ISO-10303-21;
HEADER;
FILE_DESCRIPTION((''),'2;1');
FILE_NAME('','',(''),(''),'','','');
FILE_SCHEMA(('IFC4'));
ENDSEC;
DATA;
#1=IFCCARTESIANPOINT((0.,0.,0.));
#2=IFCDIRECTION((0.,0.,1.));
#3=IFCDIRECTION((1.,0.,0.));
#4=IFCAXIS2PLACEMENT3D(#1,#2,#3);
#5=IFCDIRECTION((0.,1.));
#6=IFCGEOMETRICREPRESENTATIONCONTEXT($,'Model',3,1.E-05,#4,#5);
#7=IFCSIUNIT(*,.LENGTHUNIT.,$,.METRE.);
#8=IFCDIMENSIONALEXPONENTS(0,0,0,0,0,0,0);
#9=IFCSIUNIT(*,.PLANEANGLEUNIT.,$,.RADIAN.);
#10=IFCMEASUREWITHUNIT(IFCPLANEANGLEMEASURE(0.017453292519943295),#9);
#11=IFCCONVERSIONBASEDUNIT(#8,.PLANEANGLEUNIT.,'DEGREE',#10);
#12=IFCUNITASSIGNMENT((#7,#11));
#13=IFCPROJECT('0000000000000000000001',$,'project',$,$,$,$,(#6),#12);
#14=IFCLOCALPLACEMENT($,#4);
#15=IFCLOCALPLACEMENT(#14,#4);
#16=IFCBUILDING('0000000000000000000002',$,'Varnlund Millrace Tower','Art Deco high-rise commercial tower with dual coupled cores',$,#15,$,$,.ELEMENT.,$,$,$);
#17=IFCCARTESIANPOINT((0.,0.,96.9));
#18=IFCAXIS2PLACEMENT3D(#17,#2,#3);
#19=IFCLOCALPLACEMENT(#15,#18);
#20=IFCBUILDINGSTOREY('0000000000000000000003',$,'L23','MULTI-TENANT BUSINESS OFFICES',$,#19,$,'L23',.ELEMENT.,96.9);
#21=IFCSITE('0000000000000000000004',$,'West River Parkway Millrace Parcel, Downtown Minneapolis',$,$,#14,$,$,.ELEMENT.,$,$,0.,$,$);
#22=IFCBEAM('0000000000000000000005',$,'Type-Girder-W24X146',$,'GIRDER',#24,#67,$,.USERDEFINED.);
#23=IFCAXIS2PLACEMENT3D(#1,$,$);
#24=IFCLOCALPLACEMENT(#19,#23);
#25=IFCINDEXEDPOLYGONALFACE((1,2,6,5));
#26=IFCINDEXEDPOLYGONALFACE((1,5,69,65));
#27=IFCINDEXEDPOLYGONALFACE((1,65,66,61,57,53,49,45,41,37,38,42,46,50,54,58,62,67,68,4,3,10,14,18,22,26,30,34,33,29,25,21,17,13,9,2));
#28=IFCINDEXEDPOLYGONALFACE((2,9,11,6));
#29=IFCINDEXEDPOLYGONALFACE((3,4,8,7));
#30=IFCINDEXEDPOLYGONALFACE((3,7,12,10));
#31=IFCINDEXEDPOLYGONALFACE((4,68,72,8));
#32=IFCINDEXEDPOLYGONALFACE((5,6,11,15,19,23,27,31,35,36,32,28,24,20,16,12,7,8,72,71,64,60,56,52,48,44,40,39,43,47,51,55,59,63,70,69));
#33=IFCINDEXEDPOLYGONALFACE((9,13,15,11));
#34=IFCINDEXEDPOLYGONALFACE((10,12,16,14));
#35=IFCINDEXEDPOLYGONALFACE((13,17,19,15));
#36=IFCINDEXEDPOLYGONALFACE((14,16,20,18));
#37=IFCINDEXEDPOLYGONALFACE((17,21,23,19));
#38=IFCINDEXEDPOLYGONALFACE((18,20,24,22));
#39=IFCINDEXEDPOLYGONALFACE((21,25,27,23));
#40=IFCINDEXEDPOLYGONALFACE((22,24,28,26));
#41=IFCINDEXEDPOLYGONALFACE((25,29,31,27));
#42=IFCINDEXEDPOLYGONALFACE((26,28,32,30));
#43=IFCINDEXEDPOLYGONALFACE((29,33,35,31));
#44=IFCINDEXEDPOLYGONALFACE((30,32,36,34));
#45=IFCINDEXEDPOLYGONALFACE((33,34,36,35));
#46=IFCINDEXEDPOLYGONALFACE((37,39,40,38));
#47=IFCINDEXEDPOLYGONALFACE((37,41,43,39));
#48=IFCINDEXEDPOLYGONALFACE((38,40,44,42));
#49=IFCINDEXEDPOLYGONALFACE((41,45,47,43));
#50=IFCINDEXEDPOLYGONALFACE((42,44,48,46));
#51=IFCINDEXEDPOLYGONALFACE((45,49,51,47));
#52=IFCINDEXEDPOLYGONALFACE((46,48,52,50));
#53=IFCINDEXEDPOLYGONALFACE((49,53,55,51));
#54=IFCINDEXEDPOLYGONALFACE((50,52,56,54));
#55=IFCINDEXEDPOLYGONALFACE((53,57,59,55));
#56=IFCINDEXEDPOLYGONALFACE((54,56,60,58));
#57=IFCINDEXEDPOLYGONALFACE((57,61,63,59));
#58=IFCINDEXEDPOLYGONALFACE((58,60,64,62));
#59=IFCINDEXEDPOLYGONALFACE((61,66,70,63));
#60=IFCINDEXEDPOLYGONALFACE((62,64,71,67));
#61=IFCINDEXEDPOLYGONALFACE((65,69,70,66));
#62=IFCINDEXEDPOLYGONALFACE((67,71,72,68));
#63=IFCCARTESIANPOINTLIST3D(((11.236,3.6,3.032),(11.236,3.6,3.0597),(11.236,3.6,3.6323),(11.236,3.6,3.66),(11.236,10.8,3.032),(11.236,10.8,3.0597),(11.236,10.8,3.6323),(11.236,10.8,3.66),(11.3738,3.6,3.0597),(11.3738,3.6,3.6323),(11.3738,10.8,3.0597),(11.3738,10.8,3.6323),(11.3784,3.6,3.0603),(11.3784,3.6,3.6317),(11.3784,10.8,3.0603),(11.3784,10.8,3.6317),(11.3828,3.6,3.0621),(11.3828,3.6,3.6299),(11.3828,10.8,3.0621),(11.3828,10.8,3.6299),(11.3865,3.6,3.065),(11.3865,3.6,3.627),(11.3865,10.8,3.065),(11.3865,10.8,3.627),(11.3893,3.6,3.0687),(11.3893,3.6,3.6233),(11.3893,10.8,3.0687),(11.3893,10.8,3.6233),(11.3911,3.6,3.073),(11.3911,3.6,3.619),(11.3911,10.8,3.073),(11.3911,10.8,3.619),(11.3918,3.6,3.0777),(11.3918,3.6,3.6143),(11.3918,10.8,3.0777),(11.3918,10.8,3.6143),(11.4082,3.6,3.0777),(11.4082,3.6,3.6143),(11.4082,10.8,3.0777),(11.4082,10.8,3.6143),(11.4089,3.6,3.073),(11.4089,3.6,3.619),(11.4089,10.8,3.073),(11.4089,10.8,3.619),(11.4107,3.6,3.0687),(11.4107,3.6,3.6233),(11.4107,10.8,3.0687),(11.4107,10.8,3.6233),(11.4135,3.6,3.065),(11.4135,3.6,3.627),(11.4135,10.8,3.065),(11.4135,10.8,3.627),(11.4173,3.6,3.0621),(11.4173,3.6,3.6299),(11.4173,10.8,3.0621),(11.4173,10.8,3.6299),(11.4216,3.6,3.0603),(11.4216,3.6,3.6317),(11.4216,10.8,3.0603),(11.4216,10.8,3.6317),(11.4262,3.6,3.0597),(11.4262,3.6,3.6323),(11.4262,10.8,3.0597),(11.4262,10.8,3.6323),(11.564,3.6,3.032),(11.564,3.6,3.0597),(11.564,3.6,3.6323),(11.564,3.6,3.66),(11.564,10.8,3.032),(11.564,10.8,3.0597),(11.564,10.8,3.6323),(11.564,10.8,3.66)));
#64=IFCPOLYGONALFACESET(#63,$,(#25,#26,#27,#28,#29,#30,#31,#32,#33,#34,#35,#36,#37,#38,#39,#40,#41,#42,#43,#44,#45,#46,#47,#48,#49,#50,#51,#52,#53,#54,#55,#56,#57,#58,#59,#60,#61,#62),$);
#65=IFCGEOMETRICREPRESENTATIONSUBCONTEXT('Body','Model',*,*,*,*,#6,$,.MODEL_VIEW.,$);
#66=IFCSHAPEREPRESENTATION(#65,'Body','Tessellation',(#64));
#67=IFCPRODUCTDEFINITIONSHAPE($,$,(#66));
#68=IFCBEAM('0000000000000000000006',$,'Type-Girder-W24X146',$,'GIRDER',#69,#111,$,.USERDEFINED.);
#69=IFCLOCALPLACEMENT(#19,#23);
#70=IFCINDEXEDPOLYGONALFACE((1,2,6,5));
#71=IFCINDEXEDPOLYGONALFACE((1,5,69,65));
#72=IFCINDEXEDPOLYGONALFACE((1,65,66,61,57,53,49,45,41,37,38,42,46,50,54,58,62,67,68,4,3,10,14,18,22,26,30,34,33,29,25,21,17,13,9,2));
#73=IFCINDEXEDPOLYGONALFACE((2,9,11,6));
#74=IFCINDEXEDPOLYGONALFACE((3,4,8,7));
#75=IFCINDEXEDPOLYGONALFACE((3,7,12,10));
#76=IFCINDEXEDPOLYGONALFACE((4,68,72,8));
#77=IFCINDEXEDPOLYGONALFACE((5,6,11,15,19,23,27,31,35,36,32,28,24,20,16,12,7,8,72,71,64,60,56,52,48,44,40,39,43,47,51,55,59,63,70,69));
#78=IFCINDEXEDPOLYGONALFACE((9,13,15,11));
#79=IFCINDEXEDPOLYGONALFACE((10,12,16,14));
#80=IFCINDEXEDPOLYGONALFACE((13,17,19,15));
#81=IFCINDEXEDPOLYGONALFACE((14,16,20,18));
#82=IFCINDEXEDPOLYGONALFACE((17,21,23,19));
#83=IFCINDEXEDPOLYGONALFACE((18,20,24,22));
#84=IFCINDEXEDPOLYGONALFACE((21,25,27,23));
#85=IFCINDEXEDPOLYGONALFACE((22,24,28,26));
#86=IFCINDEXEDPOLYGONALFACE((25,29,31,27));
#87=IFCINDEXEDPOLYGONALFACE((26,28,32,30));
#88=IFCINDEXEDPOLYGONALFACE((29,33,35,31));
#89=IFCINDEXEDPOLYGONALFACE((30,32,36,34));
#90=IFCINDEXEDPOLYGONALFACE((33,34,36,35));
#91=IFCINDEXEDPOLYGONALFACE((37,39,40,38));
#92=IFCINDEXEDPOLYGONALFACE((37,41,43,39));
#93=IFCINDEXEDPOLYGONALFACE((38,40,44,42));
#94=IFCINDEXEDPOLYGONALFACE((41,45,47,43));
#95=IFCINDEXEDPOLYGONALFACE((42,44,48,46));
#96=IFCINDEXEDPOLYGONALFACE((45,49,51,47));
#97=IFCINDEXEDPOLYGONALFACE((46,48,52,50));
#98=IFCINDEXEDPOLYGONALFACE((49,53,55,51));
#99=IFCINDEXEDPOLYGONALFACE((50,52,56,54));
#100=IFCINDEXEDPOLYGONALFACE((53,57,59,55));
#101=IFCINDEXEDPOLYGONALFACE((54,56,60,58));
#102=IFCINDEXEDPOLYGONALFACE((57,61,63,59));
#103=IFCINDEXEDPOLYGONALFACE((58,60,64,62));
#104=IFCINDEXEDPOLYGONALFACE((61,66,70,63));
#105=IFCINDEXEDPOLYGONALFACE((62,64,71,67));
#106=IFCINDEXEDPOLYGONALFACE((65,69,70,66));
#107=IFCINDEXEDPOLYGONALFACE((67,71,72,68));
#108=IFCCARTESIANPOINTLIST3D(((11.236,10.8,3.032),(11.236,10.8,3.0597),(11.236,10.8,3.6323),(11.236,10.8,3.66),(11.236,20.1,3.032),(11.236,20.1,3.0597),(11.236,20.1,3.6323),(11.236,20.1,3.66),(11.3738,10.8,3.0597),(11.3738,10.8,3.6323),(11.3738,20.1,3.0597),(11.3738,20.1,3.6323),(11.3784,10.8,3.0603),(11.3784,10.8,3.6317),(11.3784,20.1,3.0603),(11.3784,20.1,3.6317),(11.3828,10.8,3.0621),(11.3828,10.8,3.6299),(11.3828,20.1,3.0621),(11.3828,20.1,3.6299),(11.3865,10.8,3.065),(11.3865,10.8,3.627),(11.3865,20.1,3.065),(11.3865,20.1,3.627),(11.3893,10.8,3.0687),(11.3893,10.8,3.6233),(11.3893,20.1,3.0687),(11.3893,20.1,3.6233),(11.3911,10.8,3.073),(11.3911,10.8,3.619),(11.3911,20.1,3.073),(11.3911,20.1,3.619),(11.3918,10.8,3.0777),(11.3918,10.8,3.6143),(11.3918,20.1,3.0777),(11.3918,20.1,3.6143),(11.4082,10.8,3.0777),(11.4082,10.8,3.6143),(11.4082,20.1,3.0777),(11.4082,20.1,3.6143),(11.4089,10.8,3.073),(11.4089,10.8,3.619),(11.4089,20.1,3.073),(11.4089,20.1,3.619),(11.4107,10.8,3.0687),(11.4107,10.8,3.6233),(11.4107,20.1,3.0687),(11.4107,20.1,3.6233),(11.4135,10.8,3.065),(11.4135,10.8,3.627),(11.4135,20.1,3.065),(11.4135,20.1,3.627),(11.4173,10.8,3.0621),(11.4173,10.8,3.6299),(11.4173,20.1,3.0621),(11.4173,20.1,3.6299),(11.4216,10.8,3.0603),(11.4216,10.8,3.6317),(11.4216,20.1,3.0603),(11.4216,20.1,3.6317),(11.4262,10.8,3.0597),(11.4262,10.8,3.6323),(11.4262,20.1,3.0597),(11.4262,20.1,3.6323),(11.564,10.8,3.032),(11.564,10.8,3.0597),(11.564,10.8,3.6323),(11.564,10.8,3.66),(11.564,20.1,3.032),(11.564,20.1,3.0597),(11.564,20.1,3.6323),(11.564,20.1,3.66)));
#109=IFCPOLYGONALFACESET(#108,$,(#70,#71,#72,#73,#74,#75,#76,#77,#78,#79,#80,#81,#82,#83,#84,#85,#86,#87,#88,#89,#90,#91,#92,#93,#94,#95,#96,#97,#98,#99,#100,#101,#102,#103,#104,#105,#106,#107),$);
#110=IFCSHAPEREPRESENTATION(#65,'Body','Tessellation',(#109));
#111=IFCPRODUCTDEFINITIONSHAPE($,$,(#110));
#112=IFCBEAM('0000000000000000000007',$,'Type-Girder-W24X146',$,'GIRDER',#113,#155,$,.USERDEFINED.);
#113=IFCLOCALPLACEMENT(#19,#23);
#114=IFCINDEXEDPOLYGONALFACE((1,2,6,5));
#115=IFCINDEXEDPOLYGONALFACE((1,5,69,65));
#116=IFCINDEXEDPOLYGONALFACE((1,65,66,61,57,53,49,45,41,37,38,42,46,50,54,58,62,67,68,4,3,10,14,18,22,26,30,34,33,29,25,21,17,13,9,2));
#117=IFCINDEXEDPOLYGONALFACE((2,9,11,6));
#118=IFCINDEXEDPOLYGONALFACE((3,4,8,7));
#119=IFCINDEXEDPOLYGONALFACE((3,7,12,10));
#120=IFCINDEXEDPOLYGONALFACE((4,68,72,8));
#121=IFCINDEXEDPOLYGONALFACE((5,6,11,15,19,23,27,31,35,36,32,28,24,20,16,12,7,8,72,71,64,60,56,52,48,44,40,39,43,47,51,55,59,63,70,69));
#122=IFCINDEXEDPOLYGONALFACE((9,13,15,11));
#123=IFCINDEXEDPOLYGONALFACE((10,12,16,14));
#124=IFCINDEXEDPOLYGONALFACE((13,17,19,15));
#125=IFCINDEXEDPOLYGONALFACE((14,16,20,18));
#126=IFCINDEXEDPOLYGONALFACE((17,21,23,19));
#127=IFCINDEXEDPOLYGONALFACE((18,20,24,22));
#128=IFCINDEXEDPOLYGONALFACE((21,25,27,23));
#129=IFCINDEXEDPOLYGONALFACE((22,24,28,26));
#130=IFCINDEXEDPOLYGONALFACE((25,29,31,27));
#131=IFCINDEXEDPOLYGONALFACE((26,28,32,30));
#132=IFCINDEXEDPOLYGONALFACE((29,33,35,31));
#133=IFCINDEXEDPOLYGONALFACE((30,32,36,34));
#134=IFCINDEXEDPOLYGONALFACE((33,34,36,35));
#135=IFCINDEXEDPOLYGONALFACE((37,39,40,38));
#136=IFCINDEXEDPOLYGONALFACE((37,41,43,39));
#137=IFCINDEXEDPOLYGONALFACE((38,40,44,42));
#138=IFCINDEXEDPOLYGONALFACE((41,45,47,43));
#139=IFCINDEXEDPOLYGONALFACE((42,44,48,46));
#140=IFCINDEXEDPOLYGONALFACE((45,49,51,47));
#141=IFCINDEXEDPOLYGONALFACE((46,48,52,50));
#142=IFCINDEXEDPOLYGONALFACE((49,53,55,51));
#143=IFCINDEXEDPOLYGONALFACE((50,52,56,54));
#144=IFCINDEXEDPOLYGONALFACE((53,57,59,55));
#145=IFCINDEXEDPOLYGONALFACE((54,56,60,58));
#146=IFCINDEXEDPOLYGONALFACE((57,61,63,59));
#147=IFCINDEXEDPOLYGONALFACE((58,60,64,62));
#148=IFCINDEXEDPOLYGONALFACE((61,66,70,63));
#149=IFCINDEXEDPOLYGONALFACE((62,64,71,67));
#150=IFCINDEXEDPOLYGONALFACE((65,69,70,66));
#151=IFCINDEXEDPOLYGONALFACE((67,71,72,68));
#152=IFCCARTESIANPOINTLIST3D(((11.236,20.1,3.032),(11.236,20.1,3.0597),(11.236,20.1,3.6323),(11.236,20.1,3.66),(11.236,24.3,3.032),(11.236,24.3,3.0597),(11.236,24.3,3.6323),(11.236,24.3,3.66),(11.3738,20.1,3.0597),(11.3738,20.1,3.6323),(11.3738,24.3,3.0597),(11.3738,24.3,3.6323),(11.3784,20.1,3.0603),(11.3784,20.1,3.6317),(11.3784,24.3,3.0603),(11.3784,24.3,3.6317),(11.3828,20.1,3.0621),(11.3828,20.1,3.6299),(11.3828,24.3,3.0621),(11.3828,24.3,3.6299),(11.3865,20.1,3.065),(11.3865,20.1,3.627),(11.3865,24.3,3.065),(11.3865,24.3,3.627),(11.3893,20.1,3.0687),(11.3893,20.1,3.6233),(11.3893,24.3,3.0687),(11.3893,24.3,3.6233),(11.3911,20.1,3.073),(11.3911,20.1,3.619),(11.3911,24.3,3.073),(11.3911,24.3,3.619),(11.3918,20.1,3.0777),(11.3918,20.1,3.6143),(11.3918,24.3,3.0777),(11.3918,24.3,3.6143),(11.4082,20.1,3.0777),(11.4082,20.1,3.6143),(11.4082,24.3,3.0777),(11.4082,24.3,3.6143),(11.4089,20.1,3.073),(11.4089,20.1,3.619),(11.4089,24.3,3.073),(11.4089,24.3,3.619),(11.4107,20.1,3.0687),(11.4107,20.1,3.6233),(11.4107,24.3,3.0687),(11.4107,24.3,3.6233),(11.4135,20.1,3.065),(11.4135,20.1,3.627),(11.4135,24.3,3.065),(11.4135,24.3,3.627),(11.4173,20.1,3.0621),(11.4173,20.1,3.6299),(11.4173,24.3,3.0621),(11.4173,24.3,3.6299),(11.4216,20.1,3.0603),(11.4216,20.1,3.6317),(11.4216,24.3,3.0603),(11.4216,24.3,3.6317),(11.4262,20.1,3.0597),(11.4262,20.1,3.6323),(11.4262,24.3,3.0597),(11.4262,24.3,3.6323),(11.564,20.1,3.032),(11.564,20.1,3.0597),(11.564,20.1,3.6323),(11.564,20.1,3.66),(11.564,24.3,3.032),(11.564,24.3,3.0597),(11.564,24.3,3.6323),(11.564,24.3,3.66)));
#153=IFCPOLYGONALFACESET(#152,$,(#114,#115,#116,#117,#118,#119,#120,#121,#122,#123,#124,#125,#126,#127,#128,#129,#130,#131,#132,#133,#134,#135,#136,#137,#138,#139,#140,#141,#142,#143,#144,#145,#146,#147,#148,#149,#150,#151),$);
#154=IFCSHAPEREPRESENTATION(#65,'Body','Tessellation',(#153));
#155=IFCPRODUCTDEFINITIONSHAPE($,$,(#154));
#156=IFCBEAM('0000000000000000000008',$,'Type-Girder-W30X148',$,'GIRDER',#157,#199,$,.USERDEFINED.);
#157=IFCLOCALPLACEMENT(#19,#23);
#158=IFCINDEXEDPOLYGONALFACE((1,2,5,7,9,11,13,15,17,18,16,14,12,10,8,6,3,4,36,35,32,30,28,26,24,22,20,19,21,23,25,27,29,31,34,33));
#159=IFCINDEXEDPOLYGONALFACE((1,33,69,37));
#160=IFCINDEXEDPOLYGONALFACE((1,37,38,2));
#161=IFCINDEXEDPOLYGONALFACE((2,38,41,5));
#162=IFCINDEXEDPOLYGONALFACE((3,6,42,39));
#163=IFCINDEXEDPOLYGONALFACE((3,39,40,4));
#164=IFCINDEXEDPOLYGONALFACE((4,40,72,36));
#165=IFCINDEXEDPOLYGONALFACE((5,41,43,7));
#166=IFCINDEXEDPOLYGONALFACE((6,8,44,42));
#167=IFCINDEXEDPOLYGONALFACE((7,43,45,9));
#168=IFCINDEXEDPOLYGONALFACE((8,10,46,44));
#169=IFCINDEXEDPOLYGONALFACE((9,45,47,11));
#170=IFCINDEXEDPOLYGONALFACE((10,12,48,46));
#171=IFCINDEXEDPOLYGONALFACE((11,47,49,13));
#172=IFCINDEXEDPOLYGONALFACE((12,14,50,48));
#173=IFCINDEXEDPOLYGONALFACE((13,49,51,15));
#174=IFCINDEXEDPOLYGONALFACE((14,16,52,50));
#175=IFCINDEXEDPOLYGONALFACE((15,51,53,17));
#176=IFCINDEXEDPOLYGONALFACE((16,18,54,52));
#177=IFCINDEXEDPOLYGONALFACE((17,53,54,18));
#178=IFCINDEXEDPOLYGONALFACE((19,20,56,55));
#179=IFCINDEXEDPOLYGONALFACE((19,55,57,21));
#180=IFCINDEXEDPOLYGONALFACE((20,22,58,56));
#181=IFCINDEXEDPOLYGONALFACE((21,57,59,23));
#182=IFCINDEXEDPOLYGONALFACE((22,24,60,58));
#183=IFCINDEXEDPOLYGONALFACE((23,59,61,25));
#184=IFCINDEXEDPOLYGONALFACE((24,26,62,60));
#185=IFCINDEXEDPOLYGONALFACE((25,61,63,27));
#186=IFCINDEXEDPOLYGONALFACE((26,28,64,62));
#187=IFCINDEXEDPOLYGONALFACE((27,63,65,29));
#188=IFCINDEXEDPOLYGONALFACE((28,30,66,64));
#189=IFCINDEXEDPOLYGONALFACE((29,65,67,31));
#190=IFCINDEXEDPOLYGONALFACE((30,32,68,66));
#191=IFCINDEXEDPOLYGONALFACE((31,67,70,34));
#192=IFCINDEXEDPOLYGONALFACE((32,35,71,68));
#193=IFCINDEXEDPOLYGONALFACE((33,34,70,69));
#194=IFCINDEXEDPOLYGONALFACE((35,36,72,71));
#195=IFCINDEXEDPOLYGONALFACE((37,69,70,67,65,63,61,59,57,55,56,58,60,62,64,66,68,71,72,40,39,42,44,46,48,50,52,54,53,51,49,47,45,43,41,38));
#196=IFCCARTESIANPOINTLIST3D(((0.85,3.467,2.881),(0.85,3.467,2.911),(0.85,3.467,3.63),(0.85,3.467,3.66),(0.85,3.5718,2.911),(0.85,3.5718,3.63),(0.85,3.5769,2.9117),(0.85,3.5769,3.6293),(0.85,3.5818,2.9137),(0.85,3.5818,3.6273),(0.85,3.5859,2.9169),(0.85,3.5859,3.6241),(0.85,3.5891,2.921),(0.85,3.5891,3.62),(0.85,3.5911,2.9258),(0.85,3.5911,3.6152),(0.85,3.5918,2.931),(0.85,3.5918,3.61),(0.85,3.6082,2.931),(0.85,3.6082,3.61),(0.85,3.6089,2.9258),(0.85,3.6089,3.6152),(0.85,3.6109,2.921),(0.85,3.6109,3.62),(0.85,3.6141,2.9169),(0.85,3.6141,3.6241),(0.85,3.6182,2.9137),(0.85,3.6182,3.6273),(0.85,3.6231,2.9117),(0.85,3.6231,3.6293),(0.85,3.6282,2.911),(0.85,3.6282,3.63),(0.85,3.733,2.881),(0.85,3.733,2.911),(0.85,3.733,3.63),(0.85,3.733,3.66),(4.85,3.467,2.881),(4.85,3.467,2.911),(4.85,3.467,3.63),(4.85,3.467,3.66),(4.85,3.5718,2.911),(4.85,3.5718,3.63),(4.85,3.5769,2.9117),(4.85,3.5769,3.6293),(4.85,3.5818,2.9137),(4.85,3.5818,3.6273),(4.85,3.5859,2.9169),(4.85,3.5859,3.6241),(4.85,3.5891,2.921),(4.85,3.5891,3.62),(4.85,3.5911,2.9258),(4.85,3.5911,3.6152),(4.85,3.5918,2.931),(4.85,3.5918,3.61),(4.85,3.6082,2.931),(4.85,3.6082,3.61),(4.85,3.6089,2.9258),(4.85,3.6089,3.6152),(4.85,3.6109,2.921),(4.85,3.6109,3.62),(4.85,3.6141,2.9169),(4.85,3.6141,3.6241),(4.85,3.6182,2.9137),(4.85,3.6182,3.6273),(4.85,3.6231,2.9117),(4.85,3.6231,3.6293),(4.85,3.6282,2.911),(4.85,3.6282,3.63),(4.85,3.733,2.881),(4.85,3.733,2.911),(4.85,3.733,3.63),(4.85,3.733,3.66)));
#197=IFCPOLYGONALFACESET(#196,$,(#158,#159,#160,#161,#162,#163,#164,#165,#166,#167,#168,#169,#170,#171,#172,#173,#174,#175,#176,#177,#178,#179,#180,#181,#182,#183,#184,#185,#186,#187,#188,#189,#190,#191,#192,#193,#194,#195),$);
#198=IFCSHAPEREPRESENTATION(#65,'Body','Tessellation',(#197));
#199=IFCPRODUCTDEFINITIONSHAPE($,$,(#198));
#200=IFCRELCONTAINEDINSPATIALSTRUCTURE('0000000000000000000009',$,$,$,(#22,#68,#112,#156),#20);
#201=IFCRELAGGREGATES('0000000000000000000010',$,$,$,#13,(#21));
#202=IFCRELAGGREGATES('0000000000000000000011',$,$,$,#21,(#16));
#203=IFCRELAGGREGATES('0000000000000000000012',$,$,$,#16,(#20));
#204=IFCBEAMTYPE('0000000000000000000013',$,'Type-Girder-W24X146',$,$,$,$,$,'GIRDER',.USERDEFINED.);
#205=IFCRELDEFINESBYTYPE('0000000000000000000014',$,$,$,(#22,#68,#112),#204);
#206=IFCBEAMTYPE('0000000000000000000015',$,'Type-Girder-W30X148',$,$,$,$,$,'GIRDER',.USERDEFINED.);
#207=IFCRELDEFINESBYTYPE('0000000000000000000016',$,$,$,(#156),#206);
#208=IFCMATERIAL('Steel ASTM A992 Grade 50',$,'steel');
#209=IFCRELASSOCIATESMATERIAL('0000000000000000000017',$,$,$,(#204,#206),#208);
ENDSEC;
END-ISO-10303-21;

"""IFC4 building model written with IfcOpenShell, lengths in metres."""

from ifc_helpers import new_model, entity, si_unit, converted_unit, direction, frame, origin_with_axes, origin_2d_with_axis, place, context, subcontext, project, spatial, i_section, extrude, material, material_profile, profile_set, type_object, element, save


model = new_model("IFC4")

# Units and contexts
model_context = context("Model", 3, precision=1e-05, world=origin_with_axes(), true_north=direction((0.0, 1.0)))
body_context = subcontext(model_context, "Body", "Model", "MODEL_VIEW")
ifc_project = project(units=[si_unit("LENGTHUNIT", "METRE"), converted_unit("PLANEANGLEUNIT", "DEGREE", entity("IfcPlaneAngleMeasure", 0.017453292519943295), si_unit("PLANEANGLEUNIT", "RADIAN"), dimensions=[0, 0, 0, 0, 0, 0, 0])], contexts=[model_context])

# Site, building, storey
site_placement = place(None, origin_with_axes())
site = spatial("IfcSite", under=ifc_project, at=site_placement, Name="West River Parkway Millrace Parcel, Downtown Minneapolis", CompositionType="ELEMENT", RefElevation=0.0)
building_placement = place(site_placement, origin_with_axes())
building = spatial("IfcBuilding", under=site, at=building_placement, Name="Varnlund Millrace Tower", Description="Art Deco high-rise commercial tower with dual coupled cores", CompositionType="ELEMENT")
storey_placement = place(building_placement, frame((0.0, 0.0, 96.9), z_axis=(0.0, 0.0, 1.0), x_axis=(1.0, 0.0, 0.0)))
storey = spatial("IfcBuildingStorey", under=building, at=storey_placement, Name="L23", Description="MULTI-TENANT BUSINESS OFFICES", LongName="L23", CompositionType="ELEMENT", Elevation=96.9)

# Beams
ifc_material_1 = material(Name="Steel ASTM A992 Grade 50", Category="steel")
ifc_material_profile_1 = material_profile(ifc_material_1, i_section(OverallWidth=0.328, OverallDepth=0.628, WebThickness=0.0165, FlangeThickness=0.0277, FilletRadius=0.018, at=origin_2d_with_axis()), Name="Steel ASTM A992 Grade 50")
ifc_profile_set_1 = profile_set([ifc_material_profile_1], Name="Steel ASTM A992 Grade 50")
beam_type_1 = type_object("IfcBeamType", Name="Type-Girder-W24X146", ElementType="GIRDER", PredefinedType="USERDEFINED", material=ifc_profile_set_1)
beam_1_placement = place(storey_placement, frame((11.4, 3.6, 3.346), z_axis=(0.0, 1.0, 0.0), x_axis=(-1.0, 0.0, 0.0)))
element("IfcBeam", 1, at=beam_1_placement, inside=storey, type_object=beam_type_1, Name="Type-Girder-W24X146", ObjectType="GIRDER", PredefinedType="USERDEFINED", context=body_context, shape_type="SweptSolid", body=[
    extrude(i_section(OverallWidth=0.328, OverallDepth=0.628, WebThickness=0.0165, FlangeThickness=0.0277, FilletRadius=0.018, at=origin_2d_with_axis()), origin_with_axes(), (0.0, 0.0, 1.0), 7.2),
])
beam_2_placement = place(storey_placement, frame((11.4, 10.8, 3.346), z_axis=(0.0, 1.0, 0.0), x_axis=(-1.0, 0.0, 0.0)))
element("IfcBeam", 2, at=beam_2_placement, inside=storey, type_object=beam_type_1, Name="Type-Girder-W24X146", ObjectType="GIRDER", PredefinedType="USERDEFINED", context=body_context, shape_type="SweptSolid", body=[
    extrude(i_section(OverallWidth=0.328, OverallDepth=0.628, WebThickness=0.0165, FlangeThickness=0.0277, FilletRadius=0.018, at=origin_2d_with_axis()), origin_with_axes(), (0.0, 0.0, 1.0), 9.3),
])
beam_3_placement = place(storey_placement, frame((11.4, 20.1, 3.346), z_axis=(0.0, 1.0, 0.0), x_axis=(-1.0, 0.0, 0.0)))
element("IfcBeam", 3, at=beam_3_placement, inside=storey, type_object=beam_type_1, Name="Type-Girder-W24X146", ObjectType="GIRDER", PredefinedType="USERDEFINED", context=body_context, shape_type="SweptSolid", body=[
    extrude(i_section(OverallWidth=0.328, OverallDepth=0.628, WebThickness=0.0165, FlangeThickness=0.0277, FilletRadius=0.018, at=origin_2d_with_axis()), origin_with_axes(), (0.0, 0.0, 1.0), 4.2),
])
ifc_material_profile_2 = material_profile(ifc_material_1, i_section(OverallWidth=0.266, OverallDepth=0.779, WebThickness=0.0165, FlangeThickness=0.03, FilletRadius=0.02, at=origin_2d_with_axis()), Name="Steel ASTM A992 Grade 50")
ifc_profile_set_2 = profile_set([ifc_material_profile_2], Name="Steel ASTM A992 Grade 50")
beam_type_2 = type_object("IfcBeamType", Name="Type-Girder-W30X148", ElementType="GIRDER", PredefinedType="USERDEFINED", material=ifc_profile_set_2)
beam_4_placement = place(storey_placement, frame((0.85, 3.6, 3.2705), z_axis=(1.0, 0.0, 0.0), x_axis=(0.0, 1.0, 0.0)))
element("IfcBeam", 4, at=beam_4_placement, inside=storey, type_object=beam_type_2, Name="Type-Girder-W30X148", ObjectType="GIRDER", PredefinedType="USERDEFINED", context=body_context, shape_type="SweptSolid", body=[
    extrude(i_section(OverallWidth=0.266, OverallDepth=0.779, WebThickness=0.0165, FlangeThickness=0.03, FilletRadius=0.02, at=origin_2d_with_axis()), origin_with_axes(), (0.0, 0.0, 1.0), 4.0),
])

save(model, "model.ifc")
